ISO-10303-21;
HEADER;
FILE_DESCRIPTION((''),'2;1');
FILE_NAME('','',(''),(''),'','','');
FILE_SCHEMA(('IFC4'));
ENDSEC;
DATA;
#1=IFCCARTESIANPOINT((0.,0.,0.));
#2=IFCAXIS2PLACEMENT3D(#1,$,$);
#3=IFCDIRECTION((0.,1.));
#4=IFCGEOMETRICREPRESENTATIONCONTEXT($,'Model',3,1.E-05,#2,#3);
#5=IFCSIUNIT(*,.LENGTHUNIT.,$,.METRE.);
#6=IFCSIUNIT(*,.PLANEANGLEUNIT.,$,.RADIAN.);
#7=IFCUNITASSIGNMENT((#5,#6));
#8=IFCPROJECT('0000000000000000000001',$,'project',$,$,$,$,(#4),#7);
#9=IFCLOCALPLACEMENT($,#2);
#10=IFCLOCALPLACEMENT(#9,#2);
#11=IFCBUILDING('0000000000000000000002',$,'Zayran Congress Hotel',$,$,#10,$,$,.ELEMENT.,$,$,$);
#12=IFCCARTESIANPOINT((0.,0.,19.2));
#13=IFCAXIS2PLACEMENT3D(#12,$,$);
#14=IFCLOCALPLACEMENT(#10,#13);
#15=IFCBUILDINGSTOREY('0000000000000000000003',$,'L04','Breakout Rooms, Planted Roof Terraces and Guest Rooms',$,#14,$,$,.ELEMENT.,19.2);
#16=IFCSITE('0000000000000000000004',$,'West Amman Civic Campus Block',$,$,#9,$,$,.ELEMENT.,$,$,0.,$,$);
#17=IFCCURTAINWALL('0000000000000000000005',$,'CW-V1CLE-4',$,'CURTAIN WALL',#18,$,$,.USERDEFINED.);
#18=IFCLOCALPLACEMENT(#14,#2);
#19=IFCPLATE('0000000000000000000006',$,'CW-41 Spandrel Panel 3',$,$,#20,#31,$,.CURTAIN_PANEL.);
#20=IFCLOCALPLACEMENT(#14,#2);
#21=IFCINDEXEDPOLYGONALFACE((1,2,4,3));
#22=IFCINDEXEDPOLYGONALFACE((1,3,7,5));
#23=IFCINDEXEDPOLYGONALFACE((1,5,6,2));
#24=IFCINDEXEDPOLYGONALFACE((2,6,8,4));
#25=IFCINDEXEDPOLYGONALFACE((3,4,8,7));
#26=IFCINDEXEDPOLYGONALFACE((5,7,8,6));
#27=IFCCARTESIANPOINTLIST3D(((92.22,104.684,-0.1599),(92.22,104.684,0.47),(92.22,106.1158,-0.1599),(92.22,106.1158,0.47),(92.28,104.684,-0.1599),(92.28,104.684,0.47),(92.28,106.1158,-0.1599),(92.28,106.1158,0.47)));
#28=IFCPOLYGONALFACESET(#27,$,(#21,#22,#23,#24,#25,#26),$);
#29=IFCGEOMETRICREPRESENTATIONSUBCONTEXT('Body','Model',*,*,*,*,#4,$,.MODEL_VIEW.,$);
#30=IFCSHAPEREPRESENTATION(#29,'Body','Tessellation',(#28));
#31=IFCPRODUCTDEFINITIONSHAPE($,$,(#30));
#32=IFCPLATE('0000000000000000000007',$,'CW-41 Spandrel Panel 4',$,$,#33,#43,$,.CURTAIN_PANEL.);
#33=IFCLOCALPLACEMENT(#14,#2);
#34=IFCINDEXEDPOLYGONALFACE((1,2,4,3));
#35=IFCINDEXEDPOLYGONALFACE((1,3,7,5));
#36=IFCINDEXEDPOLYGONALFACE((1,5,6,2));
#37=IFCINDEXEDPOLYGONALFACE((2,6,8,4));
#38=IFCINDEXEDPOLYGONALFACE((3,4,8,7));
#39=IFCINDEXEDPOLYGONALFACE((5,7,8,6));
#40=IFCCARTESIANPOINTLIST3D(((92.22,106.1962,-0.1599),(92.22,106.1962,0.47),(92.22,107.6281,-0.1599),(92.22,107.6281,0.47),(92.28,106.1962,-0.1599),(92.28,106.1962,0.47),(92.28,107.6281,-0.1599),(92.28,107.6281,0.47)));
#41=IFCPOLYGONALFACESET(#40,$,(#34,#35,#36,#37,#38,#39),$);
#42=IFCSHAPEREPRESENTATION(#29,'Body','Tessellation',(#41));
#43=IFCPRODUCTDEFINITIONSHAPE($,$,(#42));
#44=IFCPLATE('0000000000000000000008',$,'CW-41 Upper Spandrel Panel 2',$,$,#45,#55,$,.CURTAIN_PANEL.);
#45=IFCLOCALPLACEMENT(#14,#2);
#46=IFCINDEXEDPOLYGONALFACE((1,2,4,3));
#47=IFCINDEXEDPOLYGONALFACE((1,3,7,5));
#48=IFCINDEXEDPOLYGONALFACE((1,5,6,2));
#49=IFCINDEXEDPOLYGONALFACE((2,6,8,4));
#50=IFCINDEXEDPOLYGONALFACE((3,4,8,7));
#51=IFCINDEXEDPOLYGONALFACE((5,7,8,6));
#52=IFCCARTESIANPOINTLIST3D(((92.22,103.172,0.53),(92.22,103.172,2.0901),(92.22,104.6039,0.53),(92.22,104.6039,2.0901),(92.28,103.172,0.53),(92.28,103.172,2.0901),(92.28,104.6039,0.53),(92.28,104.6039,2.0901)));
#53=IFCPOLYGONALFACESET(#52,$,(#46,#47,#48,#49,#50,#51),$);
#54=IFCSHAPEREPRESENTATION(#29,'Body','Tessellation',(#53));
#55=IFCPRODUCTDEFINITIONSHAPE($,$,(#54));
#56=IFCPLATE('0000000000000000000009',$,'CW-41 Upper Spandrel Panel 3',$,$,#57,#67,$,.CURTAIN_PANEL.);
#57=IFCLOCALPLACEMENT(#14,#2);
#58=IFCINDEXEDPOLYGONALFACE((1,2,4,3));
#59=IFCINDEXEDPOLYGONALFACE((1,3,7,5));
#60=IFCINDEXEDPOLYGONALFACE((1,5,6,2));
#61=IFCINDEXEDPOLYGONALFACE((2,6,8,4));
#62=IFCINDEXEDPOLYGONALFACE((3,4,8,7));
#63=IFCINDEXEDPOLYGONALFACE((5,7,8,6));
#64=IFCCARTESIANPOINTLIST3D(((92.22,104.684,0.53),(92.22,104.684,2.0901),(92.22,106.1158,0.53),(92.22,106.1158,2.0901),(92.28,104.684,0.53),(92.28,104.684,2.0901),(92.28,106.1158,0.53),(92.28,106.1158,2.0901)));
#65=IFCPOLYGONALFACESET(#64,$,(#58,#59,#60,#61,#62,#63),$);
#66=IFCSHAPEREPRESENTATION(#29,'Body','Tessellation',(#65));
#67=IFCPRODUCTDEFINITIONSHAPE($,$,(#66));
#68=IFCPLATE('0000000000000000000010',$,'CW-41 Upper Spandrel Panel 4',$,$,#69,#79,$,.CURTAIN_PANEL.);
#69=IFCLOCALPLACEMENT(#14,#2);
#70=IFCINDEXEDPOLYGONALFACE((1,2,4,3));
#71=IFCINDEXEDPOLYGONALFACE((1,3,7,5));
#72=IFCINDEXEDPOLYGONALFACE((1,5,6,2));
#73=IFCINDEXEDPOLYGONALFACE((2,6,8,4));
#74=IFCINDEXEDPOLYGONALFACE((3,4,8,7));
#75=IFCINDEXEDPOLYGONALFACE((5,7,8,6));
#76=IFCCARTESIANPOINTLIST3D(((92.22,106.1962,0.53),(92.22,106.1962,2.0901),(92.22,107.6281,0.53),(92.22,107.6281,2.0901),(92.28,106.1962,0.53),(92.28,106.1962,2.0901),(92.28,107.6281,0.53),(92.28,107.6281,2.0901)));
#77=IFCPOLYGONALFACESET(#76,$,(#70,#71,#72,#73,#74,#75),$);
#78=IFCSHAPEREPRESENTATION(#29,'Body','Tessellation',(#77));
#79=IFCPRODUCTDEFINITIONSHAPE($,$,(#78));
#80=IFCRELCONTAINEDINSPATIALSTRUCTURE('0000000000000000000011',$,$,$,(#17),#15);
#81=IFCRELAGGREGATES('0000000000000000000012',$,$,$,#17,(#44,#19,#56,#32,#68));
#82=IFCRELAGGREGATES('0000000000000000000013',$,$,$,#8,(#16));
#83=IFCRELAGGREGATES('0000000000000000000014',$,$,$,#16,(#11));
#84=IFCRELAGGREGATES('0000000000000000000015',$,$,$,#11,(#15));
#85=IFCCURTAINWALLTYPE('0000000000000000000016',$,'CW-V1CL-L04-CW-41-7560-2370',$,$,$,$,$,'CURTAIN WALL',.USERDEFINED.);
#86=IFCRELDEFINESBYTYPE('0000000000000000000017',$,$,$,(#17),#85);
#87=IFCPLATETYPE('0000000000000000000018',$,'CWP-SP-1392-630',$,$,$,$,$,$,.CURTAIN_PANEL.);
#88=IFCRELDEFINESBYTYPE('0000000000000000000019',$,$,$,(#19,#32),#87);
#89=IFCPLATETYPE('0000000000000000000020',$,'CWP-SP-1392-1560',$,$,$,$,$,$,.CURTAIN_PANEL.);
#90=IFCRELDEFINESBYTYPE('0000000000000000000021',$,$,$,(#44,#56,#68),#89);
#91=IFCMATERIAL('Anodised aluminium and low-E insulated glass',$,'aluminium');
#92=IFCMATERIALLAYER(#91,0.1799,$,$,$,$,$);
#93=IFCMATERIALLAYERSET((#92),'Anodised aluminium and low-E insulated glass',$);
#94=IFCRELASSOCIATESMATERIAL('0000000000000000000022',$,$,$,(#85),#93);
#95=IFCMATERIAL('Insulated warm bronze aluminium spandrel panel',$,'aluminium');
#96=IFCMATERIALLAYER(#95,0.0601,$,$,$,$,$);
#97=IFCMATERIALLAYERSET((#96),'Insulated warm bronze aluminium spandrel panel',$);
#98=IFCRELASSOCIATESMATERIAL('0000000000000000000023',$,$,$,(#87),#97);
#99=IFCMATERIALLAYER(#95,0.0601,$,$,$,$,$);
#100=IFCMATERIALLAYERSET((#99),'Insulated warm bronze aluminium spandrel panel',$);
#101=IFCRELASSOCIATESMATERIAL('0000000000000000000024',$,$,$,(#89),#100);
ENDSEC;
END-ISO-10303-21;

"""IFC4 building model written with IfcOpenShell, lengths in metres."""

from ifc_helpers import new_model, si_unit, direction, frame, origin, origin_2d, place, context, subcontext, project, spatial, rectangle, extrude, material, layer, layer_set, type_object, element, aggregate, save


model = new_model("IFC4")

# Units and contexts
model_context = context("Model", 3, precision=1e-05, world=origin(), true_north=direction((0.0, 1.0)))
body_context = subcontext(model_context, "Body", "Model", "MODEL_VIEW")
ifc_project = project(units=[si_unit("LENGTHUNIT", "METRE"), si_unit("PLANEANGLEUNIT", "RADIAN")], contexts=[model_context])

# Site, building, storey
site_placement = place(None, origin())
site = spatial("IfcSite", under=ifc_project, at=site_placement, Name="West Amman Civic Campus Block", CompositionType="ELEMENT", RefElevation=0.0)
building_placement = place(site_placement, origin())
building = spatial("IfcBuilding", under=site, at=building_placement, Name="Zayran Congress Hotel", CompositionType="ELEMENT")
storey_placement = place(building_placement, frame((0.0, 0.0, 19.2)))
storey = spatial("IfcBuildingStorey", under=building, at=storey_placement, Name="L04", Description="Breakout Rooms, Planted Roof Terraces and Guest Rooms", CompositionType="ELEMENT", Elevation=19.2)

# Curtain wall
ifc_material_1 = material(Name="Anodised aluminium and low-E insulated glass", Category="aluminium")
ifc_layer_1 = layer(ifc_material_1, 0.1799)
ifc_layer_set_1 = layer_set([ifc_layer_1], Name="Anodised aluminium and low-E insulated glass")
curtain_wall_type_1 = type_object("IfcCurtainWallType", Name="CW-V1CL-L04-CW-41-7560-2370", ElementType="CURTAIN WALL", PredefinedType="USERDEFINED", material=ifc_layer_set_1)
curtain_wall_1_placement = place(storey_placement, origin())
curtain_wall_1 = element("IfcCurtainWall", 1, at=curtain_wall_1_placement, inside=storey, type_object=curtain_wall_type_1, Name="CW-V1CLE-4", ObjectType="CURTAIN WALL", PredefinedType="USERDEFINED")

# Plates
ifc_material_2 = material(Name="Insulated warm bronze aluminium spandrel panel", Category="aluminium")
ifc_layer_2 = layer(ifc_material_2, 0.0601)
ifc_layer_set_2 = layer_set([ifc_layer_2], Name="Insulated warm bronze aluminium spandrel panel")
plate_type_1 = type_object("IfcPlateType", Name="CWP-SP-1392-630", PredefinedType="CURTAIN_PANEL", material=ifc_layer_set_2)
plate_1_placement = place(storey_placement, frame((92.25, 105.3999, -0.1599), z_axis=(0.0, 0.0, 1.0), x_axis=(0.0, 1.0, 0.0)))
plate_1 = element("IfcPlate", 2, at=plate_1_placement, type_object=plate_type_1, Name="CW-41 Spandrel Panel 3", PredefinedType="CURTAIN_PANEL", context=body_context, shape_type="SweptSolid", body=[
    extrude(rectangle(XDim=1.4319, YDim=0.0601, at=origin_2d()), origin(), (0.0, 0.0, 1.0), 0.6299),
])
plate_2_placement = place(storey_placement, frame((92.25, 106.9121, -0.1599), z_axis=(0.0, 0.0, 1.0), x_axis=(0.0, 1.0, 0.0)))
plate_2 = element("IfcPlate", 3, at=plate_2_placement, type_object=plate_type_1, Name="CW-41 Spandrel Panel 4", PredefinedType="CURTAIN_PANEL", context=body_context, shape_type="SweptSolid", body=[
    extrude(rectangle(XDim=1.4319, YDim=0.0601, at=origin_2d()), origin(), (0.0, 0.0, 1.0), 0.6299),
])
ifc_layer_3 = layer(ifc_material_2, 0.0601)
ifc_layer_set_3 = layer_set([ifc_layer_3], Name="Insulated warm bronze aluminium spandrel panel")
plate_type_2 = type_object("IfcPlateType", Name="CWP-SP-1392-1560", PredefinedType="CURTAIN_PANEL", material=ifc_layer_set_3)
plate_3_placement = place(storey_placement, frame((92.25, 103.8879, 0.53), z_axis=(0.0, 0.0, 1.0), x_axis=(0.0, 1.0, 0.0)))
plate_3 = element("IfcPlate", 4, at=plate_3_placement, type_object=plate_type_2, Name="CW-41 Upper Spandrel Panel 2", PredefinedType="CURTAIN_PANEL", context=body_context, shape_type="SweptSolid", body=[
    extrude(rectangle(XDim=1.4319, YDim=0.0601, at=origin_2d()), origin(), (0.0, 0.0, 1.0), 1.5601),
])
plate_4_placement = place(storey_placement, frame((92.25, 105.3999, 0.53), z_axis=(0.0, 0.0, 1.0), x_axis=(0.0, 1.0, 0.0)))
plate_4 = element("IfcPlate", 5, at=plate_4_placement, type_object=plate_type_2, Name="CW-41 Upper Spandrel Panel 3", PredefinedType="CURTAIN_PANEL", context=body_context, shape_type="SweptSolid", body=[
    extrude(rectangle(XDim=1.4319, YDim=0.0601, at=origin_2d()), origin(), (0.0, 0.0, 1.0), 1.5601),
])
plate_5_placement = place(storey_placement, frame((92.25, 106.9121, 0.53), z_axis=(0.0, 0.0, 1.0), x_axis=(0.0, 1.0, 0.0)))
plate_5 = element("IfcPlate", 6, at=plate_5_placement, type_object=plate_type_2, Name="CW-41 Upper Spandrel Panel 4", PredefinedType="CURTAIN_PANEL", context=body_context, shape_type="SweptSolid", body=[
    extrude(rectangle(XDim=1.4319, YDim=0.0601, at=origin_2d()), origin(), (0.0, 0.0, 1.0), 1.5601),
])
aggregate(curtain_wall_1, [plate_3, plate_1, plate_4, plate_2, plate_5])

save(model, "model.ifc")
